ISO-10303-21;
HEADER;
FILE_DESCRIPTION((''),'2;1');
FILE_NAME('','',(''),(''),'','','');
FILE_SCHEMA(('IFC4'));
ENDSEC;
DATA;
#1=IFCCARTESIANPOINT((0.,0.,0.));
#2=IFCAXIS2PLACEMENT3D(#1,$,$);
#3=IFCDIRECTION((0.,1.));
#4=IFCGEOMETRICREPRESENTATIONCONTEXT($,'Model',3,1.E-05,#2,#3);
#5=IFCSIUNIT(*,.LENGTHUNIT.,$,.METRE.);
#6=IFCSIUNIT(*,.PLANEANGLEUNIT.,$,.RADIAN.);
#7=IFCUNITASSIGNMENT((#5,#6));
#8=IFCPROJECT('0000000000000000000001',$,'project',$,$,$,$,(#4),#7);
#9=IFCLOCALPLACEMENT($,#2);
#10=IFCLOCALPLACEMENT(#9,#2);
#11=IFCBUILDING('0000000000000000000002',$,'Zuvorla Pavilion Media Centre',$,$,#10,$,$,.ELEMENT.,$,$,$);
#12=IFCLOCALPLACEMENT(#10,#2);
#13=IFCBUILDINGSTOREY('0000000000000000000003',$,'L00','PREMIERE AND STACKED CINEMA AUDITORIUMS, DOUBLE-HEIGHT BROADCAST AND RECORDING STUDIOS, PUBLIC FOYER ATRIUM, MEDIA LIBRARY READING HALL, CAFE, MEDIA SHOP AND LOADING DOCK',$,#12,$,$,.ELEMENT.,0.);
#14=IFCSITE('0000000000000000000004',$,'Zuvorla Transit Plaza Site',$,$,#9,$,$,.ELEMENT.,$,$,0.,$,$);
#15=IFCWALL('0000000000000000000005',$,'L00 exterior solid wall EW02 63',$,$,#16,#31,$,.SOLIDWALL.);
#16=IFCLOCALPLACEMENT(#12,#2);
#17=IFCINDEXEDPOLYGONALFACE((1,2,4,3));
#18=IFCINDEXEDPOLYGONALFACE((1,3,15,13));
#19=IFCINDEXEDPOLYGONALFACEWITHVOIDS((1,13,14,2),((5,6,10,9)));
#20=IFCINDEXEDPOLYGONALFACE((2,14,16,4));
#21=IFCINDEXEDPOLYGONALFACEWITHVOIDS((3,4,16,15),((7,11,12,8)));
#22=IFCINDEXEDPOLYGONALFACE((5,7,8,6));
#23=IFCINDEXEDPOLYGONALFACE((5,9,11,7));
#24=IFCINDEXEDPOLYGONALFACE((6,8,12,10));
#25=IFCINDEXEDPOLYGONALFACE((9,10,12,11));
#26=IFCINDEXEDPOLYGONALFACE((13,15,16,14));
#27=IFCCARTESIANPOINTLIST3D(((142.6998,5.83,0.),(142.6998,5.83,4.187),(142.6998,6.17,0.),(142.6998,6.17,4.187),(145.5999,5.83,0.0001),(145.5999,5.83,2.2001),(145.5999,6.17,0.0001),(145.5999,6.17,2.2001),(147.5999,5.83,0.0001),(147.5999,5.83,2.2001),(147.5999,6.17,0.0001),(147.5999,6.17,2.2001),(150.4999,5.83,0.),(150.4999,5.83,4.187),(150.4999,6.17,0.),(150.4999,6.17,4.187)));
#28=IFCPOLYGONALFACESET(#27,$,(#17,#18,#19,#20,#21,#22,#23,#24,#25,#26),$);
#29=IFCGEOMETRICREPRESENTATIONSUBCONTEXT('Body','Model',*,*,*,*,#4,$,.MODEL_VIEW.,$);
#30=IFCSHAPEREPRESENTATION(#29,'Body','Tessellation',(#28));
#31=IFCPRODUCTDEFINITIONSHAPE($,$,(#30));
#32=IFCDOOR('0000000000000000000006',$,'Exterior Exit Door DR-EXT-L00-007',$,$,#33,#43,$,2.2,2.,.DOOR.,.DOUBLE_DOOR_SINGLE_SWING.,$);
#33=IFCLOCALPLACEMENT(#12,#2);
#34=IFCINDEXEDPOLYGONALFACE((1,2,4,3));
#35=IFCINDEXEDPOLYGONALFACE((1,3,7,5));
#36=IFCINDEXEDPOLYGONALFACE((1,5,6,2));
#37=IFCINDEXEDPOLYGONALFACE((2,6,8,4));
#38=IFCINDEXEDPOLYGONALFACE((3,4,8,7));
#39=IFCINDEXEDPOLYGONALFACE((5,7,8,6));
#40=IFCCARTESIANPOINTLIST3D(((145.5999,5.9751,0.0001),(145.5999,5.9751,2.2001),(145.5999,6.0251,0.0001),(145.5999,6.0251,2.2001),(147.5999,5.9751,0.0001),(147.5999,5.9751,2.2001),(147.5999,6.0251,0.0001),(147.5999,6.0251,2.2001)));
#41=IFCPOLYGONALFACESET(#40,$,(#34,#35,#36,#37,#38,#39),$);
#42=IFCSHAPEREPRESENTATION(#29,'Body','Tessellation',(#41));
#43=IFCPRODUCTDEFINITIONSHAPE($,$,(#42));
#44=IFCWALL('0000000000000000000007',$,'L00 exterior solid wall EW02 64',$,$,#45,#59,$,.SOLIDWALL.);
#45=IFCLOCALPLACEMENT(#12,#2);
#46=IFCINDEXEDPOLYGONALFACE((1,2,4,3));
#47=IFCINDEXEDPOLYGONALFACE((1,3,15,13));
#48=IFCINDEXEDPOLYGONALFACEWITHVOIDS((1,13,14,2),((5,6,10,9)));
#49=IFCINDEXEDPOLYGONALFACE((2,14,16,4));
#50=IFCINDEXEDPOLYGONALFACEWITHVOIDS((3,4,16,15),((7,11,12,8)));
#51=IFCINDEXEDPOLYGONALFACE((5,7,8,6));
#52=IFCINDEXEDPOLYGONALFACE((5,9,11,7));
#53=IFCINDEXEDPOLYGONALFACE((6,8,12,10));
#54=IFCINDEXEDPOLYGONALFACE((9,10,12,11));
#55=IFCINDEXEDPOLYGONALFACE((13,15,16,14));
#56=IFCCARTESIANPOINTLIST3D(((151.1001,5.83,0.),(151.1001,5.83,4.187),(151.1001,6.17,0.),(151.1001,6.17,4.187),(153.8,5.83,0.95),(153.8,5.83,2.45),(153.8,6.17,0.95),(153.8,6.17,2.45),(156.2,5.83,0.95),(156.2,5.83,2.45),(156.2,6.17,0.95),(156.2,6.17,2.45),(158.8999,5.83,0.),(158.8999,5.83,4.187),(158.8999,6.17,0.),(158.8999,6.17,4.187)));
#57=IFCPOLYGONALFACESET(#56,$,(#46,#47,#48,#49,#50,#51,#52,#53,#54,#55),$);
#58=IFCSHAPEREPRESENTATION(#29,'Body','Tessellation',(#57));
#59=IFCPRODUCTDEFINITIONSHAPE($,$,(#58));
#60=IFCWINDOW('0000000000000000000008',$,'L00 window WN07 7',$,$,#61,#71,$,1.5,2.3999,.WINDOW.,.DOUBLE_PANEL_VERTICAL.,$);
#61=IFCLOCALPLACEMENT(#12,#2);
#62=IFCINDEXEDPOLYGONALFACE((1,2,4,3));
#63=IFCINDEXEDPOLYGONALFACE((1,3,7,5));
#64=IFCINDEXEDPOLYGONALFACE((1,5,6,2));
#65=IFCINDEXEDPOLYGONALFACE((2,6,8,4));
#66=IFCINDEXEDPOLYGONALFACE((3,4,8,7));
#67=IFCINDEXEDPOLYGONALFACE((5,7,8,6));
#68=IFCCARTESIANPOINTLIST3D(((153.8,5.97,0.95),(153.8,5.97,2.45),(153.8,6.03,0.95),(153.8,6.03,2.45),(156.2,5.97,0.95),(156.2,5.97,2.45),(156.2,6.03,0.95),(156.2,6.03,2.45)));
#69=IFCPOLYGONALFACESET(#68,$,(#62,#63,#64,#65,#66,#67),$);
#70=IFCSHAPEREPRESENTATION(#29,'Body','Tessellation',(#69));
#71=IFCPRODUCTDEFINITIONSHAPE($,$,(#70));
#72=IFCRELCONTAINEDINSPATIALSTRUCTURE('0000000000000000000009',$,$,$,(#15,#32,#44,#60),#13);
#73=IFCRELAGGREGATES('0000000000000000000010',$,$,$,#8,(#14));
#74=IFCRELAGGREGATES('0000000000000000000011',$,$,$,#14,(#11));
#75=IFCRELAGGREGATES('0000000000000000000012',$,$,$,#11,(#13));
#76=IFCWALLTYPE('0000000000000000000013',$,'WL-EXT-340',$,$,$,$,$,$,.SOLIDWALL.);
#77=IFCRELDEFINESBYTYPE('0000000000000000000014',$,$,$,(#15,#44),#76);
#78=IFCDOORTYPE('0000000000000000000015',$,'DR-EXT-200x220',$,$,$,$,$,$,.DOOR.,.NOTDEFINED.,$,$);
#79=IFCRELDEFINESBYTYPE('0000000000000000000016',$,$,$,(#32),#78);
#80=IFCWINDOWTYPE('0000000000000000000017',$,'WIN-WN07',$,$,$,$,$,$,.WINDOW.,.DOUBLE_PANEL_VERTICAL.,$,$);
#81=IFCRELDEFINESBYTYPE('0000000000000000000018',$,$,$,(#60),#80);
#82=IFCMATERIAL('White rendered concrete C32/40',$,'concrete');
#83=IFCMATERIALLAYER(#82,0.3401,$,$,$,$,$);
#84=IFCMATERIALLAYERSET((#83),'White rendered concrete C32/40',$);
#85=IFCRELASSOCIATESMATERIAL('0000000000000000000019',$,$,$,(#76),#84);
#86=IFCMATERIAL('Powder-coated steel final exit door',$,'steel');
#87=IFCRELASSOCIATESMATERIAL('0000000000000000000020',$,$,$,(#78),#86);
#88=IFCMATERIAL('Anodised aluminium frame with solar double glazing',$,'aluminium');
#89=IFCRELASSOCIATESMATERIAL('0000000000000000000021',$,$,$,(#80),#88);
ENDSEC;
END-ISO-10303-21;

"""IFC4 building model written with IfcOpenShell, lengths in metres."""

from ifc_helpers import new_model, si_unit, direction, frame, frame_2d, origin, place, context, subcontext, project, spatial, rectangle, extrude, material, layer, layer_set, type_object, element, fill, save


model = new_model("IFC4")

# Units and contexts
model_context = context("Model", 3, precision=1e-05, world=origin(), true_north=direction((0.0, 1.0)))
body_context = subcontext(model_context, "Body", "Model", "MODEL_VIEW")
ifc_project = project(units=[si_unit("LENGTHUNIT", "METRE"), si_unit("PLANEANGLEUNIT", "RADIAN")], contexts=[model_context])

# Site, building, storey
site_placement = place(None, origin())
site = spatial("IfcSite", under=ifc_project, at=site_placement, Name="Zuvorla Transit Plaza Site", CompositionType="ELEMENT", RefElevation=0.0)
building_placement = place(site_placement, origin())
building = spatial("IfcBuilding", under=site, at=building_placement, Name="Zuvorla Pavilion Media Centre", CompositionType="ELEMENT")
storey_placement = place(building_placement, origin())
storey = spatial("IfcBuildingStorey", under=building, at=storey_placement, Name="L00", Description="PREMIERE AND STACKED CINEMA AUDITORIUMS, DOUBLE-HEIGHT BROADCAST AND RECORDING STUDIOS, PUBLIC FOYER ATRIUM, MEDIA LIBRARY READING HALL, CAFE, MEDIA SHOP AND LOADING DOCK", CompositionType="ELEMENT", Elevation=0.0)

# Wall, opening, door
ifc_material_1 = material(Name="White rendered concrete C32/40", Category="concrete")
ifc_layer_1 = layer(ifc_material_1, 0.3401)
ifc_layer_set_1 = layer_set([ifc_layer_1], Name="White rendered concrete C32/40")
wall_type_1 = type_object("IfcWallType", Name="WL-EXT-340", PredefinedType="SOLIDWALL", material=ifc_layer_set_1)
wall_1_placement = place(storey_placement, frame((142.7, 6.0, 0.0), z_axis=(0.0, 0.0, 1.0), x_axis=(1.0, 0.0, 0.0)))
wall_1 = element("IfcWall", 1, at=wall_1_placement, inside=storey, type_object=wall_type_1, Name="L00 exterior solid wall EW02 63", PredefinedType="SOLIDWALL", context=body_context, shape_type="SweptSolid", body=[
    extrude(rectangle(XDim=7.8, YDim=0.3401, at=frame_2d((3.8999, 0.0))), origin(), (0.0, 0.0, 1.0), 4.187),
])
opening_1_placement = place(wall_1_placement, frame((2.8999, 0.0, 0.0)))
opening_1 = element("IfcOpeningElement", 2, at=opening_1_placement, cuts=wall_1, PredefinedType="OPENING", context=body_context, shape_type="SweptSolid", body=[
    extrude(rectangle(XDim=2.0, YDim=2.2, at=frame_2d((1.0, 1.1001))), frame((0.0, 0.1799, 0.0), z_axis=(0.0, -1.0, 0.0), x_axis=(1.0, 0.0, 0.0)), (0.0, 0.0, 1.0), 0.3601),
])
ifc_material_2 = material(Name="Powder-coated steel final exit door", Category="steel")
door_type_1 = type_object("IfcDoorType", Name="DR-EXT-200x220", OperationType="NOTDEFINED", PredefinedType="DOOR", material=ifc_material_2)
door_1_placement = place(opening_1_placement, frame((2.0, 0.0, 0.0), z_axis=(0.0, 0.0, 1.0), x_axis=(-1.0, 0.0, 0.0)))
door_1 = element("IfcDoor", 3, at=door_1_placement, inside=storey, type_object=door_type_1, Name="Exterior Exit Door DR-EXT-L00-007", OperationType="DOUBLE_DOOR_SINGLE_SWING", OverallHeight=2.2, OverallWidth=2.0, PredefinedType="DOOR", context=body_context, shape_type="SweptSolid", body=[
    extrude(rectangle(XDim=2.0, YDim=2.2, at=frame_2d((1.0, 1.1001))), frame((0.0, 0.0249, 0.0), z_axis=(0.0, -1.0, 0.0), x_axis=(1.0, 0.0, 0.0)), (0.0, 0.0, 1.0), 0.05),
])
fill(opening_1, door_1)

# Wall, opening, window
wall_2_placement = place(storey_placement, frame((151.1001, 6.0, 0.0), z_axis=(0.0, 0.0, 1.0), x_axis=(1.0, 0.0, 0.0)))
wall_2 = element("IfcWall", 4, at=wall_2_placement, inside=storey, type_object=wall_type_1, Name="L00 exterior solid wall EW02 64", PredefinedType="SOLIDWALL", context=body_context, shape_type="SweptSolid", body=[
    extrude(rectangle(XDim=7.7998, YDim=0.3401, at=frame_2d((3.8999, 0.0))), origin(), (0.0, 0.0, 1.0), 4.187),
])
opening_2_placement = place(wall_2_placement, frame((2.7, 0.0, 0.95)))
opening_2 = element("IfcOpeningElement", 5, at=opening_2_placement, cuts=wall_2, PredefinedType="OPENING", context=body_context, shape_type="SweptSolid", body=[
    extrude(rectangle(XDim=2.3999, YDim=1.5, at=frame_2d((1.2, 0.75))), frame((0.0, 0.1799, 0.0), z_axis=(0.0, -1.0, 0.0), x_axis=(1.0, 0.0, 0.0)), (0.0, 0.0, 1.0), 0.3601),
])
ifc_material_3 = material(Name="Anodised aluminium frame with solar double glazing", Category="aluminium")
window_type = type_object("IfcWindowType", Name="WIN-WN07", PartitioningType="DOUBLE_PANEL_VERTICAL", PredefinedType="WINDOW", material=ifc_material_3)
window_placement = place(opening_2_placement, origin())
window = element("IfcWindow", 6, at=window_placement, inside=storey, type_object=window_type, Name="L00 window WN07 7", OverallHeight=1.5, OverallWidth=2.3999, PartitioningType="DOUBLE_PANEL_VERTICAL", PredefinedType="WINDOW", context=body_context, shape_type="SweptSolid", body=[
    extrude(rectangle(XDim=2.3999, YDim=1.5, at=frame_2d((1.2, 0.75))), frame((0.0, 0.03, 0.0), z_axis=(0.0, -1.0, 0.0), x_axis=(1.0, 0.0, 0.0)), (0.0, 0.0, 1.0), 0.0601),
])
fill(opening_2, window)

save(model, "model.ifc")
